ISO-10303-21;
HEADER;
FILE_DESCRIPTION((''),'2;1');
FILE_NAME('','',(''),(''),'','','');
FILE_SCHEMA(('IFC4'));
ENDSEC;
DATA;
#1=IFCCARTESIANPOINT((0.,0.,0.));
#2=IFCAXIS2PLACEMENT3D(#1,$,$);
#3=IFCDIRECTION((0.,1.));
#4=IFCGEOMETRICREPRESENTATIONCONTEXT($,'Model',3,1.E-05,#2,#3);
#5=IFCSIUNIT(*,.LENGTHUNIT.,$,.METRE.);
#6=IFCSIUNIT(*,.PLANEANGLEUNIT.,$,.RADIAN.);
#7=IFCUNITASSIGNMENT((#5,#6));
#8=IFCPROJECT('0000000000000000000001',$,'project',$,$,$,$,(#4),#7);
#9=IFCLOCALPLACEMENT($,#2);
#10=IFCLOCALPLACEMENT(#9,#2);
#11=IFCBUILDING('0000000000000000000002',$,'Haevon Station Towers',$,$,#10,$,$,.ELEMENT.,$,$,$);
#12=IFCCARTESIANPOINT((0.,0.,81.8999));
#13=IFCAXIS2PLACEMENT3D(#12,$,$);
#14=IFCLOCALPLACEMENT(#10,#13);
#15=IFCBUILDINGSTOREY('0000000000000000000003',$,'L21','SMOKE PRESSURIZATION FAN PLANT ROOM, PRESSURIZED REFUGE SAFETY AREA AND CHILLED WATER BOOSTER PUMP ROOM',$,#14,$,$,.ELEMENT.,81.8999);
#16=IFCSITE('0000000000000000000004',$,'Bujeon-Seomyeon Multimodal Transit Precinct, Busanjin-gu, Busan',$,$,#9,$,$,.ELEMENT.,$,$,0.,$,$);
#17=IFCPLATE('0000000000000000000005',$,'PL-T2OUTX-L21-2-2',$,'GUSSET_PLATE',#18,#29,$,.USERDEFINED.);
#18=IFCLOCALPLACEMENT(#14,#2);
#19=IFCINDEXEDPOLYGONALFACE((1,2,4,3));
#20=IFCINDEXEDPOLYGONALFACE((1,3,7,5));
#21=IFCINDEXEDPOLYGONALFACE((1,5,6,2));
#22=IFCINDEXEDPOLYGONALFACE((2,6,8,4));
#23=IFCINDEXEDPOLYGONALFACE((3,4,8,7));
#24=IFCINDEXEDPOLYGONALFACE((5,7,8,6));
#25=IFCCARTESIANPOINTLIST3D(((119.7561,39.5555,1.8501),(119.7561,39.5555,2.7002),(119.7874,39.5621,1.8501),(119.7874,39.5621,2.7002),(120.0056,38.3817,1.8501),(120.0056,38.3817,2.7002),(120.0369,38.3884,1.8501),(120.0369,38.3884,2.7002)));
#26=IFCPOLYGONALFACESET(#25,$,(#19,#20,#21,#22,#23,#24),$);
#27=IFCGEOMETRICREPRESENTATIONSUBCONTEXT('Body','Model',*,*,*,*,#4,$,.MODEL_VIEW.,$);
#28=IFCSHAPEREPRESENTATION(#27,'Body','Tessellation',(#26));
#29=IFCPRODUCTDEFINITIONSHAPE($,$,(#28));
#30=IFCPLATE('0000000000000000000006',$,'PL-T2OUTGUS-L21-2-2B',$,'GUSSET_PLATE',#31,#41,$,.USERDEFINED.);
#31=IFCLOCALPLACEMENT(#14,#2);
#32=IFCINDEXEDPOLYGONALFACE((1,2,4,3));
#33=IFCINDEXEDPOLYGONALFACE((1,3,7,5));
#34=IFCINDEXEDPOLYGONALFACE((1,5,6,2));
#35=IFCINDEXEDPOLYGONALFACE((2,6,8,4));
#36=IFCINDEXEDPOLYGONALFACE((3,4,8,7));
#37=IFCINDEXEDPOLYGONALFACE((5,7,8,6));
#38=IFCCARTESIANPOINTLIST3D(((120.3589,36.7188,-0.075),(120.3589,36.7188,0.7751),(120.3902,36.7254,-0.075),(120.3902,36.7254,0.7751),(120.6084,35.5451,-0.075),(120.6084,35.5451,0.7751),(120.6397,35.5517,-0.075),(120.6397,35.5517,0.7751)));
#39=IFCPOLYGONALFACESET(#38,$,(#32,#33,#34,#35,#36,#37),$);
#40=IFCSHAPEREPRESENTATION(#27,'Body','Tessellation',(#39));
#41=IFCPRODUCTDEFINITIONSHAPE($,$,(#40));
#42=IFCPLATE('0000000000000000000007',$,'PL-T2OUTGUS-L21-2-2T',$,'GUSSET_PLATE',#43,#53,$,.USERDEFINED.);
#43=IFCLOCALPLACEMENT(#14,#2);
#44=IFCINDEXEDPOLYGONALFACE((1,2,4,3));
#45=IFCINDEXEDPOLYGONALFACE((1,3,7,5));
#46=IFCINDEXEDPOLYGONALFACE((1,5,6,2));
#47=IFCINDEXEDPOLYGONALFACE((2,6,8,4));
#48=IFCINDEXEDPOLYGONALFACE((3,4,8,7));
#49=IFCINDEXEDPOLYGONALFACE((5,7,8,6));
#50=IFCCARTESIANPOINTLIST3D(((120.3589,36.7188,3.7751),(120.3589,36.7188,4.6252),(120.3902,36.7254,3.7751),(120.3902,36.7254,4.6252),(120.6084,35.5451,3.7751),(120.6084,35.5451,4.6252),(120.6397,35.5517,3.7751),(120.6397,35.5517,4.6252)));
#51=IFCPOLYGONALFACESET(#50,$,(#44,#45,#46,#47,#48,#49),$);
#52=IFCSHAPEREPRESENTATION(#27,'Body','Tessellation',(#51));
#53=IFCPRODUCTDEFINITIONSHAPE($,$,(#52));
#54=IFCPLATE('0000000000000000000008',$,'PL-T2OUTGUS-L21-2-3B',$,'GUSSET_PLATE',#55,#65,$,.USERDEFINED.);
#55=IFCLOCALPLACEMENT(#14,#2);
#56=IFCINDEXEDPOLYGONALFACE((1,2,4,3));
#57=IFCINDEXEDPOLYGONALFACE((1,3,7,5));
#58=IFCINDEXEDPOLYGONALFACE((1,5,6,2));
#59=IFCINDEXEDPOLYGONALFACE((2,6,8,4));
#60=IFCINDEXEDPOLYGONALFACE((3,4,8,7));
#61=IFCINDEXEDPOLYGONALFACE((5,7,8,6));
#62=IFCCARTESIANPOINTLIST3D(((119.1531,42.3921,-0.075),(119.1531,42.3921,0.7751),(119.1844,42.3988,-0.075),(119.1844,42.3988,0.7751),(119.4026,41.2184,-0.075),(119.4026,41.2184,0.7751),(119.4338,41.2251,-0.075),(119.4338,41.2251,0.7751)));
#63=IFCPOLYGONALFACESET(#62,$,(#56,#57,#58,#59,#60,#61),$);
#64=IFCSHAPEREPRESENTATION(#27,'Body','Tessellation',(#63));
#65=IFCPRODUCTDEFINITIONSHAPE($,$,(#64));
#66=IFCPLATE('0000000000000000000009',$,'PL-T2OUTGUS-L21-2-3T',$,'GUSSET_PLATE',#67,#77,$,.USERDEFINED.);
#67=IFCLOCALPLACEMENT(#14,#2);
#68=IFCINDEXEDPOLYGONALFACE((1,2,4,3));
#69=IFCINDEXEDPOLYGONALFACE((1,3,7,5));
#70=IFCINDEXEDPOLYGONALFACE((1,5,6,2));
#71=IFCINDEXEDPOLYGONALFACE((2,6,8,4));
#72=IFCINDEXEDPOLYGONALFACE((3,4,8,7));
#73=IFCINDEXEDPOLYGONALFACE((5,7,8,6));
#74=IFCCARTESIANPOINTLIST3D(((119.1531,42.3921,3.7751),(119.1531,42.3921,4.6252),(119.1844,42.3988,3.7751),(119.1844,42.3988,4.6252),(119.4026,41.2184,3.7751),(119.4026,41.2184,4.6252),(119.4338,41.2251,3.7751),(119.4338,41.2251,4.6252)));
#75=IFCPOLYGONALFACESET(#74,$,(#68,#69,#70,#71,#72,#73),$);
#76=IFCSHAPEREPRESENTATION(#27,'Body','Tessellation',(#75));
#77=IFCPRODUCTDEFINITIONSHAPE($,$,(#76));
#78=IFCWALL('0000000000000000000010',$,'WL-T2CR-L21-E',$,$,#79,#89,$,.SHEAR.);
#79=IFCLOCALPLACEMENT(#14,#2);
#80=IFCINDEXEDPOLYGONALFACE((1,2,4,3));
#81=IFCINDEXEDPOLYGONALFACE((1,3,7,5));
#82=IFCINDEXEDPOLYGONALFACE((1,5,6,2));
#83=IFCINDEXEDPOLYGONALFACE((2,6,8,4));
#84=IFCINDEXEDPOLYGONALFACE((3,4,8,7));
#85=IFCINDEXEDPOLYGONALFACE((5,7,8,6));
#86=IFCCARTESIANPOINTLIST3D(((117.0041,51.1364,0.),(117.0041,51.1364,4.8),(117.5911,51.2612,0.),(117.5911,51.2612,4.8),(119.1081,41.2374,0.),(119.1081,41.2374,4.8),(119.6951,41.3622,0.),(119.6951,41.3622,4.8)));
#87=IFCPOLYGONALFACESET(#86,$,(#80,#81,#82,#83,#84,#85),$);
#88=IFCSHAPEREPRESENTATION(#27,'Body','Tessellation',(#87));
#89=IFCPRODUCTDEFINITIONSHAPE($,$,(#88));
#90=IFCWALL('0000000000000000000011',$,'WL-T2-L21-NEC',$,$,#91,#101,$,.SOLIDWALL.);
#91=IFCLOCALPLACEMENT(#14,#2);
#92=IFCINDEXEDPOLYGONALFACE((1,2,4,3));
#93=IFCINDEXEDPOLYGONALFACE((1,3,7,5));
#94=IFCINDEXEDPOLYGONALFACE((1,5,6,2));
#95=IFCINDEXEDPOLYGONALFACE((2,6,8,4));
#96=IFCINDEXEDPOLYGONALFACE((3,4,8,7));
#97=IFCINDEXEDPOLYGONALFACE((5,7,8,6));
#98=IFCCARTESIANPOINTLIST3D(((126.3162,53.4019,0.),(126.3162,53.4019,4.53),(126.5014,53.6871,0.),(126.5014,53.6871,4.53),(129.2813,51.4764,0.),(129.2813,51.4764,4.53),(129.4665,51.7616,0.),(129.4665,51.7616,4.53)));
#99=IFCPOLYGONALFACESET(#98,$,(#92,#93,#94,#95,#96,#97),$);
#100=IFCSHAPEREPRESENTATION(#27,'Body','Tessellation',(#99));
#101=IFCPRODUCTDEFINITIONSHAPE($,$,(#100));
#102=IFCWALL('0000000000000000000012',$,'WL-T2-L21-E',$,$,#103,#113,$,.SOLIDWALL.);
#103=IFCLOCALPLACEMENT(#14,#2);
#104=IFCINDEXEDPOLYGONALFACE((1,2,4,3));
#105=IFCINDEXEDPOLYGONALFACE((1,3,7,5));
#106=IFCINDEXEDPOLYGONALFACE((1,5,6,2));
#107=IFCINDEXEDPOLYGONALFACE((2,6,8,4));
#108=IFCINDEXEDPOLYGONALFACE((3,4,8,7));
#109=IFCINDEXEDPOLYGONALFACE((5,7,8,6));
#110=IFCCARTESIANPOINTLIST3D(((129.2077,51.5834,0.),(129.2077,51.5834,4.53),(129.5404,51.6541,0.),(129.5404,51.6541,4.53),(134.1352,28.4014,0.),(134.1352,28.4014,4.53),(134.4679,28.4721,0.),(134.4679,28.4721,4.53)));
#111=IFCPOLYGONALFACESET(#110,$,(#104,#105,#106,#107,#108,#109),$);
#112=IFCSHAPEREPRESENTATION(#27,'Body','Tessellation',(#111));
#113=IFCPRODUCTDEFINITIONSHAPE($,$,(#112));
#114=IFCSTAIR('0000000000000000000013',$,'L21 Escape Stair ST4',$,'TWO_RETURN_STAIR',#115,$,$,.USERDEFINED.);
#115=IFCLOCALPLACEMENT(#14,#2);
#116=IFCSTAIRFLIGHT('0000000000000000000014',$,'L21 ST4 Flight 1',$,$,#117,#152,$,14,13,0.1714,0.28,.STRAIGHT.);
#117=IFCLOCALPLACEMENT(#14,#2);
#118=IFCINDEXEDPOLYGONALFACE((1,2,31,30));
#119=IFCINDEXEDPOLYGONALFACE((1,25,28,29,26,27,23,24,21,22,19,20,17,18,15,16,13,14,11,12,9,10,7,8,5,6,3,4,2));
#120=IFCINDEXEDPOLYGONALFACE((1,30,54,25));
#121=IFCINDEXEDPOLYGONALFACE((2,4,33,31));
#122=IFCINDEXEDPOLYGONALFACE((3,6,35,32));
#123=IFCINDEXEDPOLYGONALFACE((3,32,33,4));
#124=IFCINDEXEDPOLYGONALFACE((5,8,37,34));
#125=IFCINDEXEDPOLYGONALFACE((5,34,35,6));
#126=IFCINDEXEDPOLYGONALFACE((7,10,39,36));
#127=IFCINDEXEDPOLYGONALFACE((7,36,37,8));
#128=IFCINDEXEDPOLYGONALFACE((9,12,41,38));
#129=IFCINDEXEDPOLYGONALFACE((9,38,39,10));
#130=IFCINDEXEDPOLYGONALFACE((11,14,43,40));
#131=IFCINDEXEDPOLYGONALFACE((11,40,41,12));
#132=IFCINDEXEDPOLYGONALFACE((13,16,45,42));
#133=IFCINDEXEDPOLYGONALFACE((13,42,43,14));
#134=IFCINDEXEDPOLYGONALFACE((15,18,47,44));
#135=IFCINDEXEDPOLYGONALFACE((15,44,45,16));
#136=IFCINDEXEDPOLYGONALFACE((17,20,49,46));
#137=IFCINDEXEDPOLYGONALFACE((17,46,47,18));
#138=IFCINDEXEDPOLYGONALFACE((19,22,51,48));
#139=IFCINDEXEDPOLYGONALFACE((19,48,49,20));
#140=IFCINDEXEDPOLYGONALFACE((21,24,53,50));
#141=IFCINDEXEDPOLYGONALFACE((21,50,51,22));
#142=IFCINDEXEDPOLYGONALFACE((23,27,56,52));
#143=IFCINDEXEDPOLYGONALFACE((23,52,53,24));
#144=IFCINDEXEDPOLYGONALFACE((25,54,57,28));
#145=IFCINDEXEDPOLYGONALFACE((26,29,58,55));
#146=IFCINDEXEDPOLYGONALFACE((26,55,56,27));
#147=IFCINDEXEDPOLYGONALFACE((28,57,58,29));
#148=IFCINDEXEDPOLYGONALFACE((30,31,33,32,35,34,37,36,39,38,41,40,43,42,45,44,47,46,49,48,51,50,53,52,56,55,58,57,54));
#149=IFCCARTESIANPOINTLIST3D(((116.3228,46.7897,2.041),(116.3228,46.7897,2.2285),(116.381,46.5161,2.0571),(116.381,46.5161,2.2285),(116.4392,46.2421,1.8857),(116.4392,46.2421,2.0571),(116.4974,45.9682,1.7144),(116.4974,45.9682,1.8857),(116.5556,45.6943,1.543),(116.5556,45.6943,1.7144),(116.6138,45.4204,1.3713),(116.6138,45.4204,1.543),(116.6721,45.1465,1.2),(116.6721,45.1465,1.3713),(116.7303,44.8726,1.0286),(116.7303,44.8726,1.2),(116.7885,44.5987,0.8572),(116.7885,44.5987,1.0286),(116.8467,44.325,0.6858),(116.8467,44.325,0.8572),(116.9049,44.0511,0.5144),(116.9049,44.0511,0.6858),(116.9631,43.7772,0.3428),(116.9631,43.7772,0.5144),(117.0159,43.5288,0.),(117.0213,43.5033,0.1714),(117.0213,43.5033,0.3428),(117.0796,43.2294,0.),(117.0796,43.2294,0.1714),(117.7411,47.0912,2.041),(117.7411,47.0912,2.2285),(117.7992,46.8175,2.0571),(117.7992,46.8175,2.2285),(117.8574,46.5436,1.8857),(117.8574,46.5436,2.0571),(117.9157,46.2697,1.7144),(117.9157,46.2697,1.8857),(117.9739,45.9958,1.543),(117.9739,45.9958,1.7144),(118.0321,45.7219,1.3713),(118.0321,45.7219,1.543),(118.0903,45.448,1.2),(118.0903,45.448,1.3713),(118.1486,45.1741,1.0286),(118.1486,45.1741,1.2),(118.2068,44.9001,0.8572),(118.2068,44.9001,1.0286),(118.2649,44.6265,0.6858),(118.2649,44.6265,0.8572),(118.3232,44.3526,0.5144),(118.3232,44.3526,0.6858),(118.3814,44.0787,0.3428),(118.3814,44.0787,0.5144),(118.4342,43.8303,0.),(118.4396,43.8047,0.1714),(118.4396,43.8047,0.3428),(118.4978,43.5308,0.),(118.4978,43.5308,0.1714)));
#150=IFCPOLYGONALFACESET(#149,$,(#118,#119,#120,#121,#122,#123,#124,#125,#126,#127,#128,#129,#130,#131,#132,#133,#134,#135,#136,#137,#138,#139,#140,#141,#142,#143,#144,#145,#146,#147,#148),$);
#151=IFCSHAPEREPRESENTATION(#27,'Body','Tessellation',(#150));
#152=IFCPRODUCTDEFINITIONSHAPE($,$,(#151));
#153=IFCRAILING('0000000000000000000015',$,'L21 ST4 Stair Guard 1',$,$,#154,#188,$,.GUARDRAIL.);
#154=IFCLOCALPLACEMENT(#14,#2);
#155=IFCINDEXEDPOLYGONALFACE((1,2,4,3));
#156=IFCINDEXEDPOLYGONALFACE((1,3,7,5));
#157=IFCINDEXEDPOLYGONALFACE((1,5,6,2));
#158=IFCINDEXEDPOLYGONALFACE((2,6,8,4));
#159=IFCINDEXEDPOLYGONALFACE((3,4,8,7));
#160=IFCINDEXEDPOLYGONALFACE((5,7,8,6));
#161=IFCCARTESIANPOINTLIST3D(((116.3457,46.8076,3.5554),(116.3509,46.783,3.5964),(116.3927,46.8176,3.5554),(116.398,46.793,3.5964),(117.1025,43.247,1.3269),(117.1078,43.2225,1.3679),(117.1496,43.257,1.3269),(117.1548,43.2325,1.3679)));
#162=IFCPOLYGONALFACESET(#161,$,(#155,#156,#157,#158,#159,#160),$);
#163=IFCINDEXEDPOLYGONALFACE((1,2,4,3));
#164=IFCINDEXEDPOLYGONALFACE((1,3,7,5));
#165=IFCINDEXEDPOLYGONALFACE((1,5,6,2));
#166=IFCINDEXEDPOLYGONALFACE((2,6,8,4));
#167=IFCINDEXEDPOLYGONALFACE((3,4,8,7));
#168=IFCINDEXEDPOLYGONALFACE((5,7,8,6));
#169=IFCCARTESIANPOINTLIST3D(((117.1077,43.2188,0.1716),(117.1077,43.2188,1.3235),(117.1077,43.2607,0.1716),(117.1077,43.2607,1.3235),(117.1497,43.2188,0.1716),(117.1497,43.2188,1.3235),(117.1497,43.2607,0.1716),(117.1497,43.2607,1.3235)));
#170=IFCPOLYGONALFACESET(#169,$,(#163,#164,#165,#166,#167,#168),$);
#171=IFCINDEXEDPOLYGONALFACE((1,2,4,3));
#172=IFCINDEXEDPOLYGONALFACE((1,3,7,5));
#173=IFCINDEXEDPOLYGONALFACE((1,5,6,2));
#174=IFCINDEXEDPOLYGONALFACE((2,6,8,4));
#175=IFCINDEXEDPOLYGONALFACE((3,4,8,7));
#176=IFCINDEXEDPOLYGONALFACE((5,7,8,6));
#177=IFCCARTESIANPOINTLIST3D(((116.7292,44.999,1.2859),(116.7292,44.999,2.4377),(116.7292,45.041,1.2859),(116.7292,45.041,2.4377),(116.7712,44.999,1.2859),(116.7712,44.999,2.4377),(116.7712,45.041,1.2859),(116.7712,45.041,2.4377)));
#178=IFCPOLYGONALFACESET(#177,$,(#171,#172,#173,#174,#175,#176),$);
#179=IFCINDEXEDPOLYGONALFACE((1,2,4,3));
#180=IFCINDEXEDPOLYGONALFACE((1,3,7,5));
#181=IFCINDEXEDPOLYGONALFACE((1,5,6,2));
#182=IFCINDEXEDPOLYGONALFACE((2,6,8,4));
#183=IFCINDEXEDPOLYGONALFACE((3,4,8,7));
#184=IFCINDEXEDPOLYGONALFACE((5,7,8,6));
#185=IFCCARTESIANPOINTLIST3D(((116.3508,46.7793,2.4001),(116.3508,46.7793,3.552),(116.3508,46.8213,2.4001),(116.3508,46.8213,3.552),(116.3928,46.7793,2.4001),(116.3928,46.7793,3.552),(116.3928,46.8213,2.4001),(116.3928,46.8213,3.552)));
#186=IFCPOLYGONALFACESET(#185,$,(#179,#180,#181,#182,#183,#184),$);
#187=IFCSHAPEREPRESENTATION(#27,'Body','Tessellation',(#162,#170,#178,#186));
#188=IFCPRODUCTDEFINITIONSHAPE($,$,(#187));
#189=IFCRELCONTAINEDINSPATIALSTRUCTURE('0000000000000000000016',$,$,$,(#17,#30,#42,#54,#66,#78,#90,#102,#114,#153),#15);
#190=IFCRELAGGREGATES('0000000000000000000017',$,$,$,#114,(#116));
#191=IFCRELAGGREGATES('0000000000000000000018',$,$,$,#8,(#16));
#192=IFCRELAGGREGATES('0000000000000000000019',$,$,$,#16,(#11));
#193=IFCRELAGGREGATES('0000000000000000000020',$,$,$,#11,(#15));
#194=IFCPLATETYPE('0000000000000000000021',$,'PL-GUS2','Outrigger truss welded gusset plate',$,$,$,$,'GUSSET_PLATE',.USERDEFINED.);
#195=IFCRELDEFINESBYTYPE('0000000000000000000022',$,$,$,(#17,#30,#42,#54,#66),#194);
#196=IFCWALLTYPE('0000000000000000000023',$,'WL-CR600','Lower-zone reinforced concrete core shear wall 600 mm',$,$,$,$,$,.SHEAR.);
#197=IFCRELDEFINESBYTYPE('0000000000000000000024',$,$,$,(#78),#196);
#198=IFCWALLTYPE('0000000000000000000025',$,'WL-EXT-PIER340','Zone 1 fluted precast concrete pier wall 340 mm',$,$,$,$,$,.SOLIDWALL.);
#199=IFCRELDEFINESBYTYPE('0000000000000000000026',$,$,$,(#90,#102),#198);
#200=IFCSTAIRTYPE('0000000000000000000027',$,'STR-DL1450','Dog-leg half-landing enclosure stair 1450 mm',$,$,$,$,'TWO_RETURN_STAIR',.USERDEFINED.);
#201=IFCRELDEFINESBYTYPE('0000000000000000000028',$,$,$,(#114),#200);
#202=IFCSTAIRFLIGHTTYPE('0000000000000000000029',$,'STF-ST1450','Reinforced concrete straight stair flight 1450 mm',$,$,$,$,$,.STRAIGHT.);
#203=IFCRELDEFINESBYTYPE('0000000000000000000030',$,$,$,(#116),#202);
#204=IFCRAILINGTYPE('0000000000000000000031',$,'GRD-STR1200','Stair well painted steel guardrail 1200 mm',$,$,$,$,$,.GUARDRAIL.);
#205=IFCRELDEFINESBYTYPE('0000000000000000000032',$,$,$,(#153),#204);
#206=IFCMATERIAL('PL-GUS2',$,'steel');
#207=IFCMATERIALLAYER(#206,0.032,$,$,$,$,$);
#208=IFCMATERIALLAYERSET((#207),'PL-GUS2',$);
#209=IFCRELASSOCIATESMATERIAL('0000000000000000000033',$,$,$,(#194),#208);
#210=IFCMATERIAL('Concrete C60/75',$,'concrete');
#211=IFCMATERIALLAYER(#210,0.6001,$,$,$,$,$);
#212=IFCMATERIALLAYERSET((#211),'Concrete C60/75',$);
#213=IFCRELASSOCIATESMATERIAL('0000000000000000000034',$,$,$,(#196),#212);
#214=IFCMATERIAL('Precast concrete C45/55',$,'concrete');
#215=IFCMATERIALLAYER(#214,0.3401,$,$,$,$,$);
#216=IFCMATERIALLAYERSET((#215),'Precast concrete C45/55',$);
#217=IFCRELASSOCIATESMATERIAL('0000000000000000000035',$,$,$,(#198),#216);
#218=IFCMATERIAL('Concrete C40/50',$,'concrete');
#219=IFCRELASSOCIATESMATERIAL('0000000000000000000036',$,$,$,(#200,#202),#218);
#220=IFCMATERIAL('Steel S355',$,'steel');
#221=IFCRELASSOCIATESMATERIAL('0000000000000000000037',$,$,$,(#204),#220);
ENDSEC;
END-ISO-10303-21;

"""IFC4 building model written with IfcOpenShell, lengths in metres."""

from ifc_helpers import new_model, si_unit, direction, frame, frame_2d, origin, origin_2d, place, context, subcontext, project, spatial, polyline, rectangle, outline, extrude, material, layer, layer_set, type_object, element, aggregate, save


model = new_model("IFC4")

# Units and contexts
model_context = context("Model", 3, precision=1e-05, world=origin(), true_north=direction((0.0, 1.0)))
body_context = subcontext(model_context, "Body", "Model", "MODEL_VIEW")
ifc_project = project(units=[si_unit("LENGTHUNIT", "METRE"), si_unit("PLANEANGLEUNIT", "RADIAN")], contexts=[model_context])

# Site, building, storey
site_placement = place(None, origin())
site = spatial("IfcSite", under=ifc_project, at=site_placement, Name="Bujeon-Seomyeon Multimodal Transit Precinct, Busanjin-gu, Busan", CompositionType="ELEMENT", RefElevation=0.0)
building_placement = place(site_placement, origin())
building = spatial("IfcBuilding", under=site, at=building_placement, Name="Haevon Station Towers", CompositionType="ELEMENT")
storey_placement = place(building_placement, frame((0.0, 0.0, 81.8999)))
storey = spatial("IfcBuildingStorey", under=building, at=storey_placement, Name="L21", Description="SMOKE PRESSURIZATION FAN PLANT ROOM, PRESSURIZED REFUGE SAFETY AREA AND CHILLED WATER BOOSTER PUMP ROOM", CompositionType="ELEMENT", Elevation=81.8999)

# Shared definitions
ifc_material_1 = material(Name="Steel S355", Category="steel")

# Plates
ifc_material_2 = material(Name="PL-GUS2", Category="steel")
ifc_layer_1 = layer(ifc_material_2, 0.032)
ifc_layer_set_1 = layer_set([ifc_layer_1], Name="PL-GUS2")
plate_type_1 = type_object("IfcPlateType", Name="PL-GUS2", Description="Outrigger truss welded gusset plate", ElementType="GUSSET_PLATE", PredefinedType="USERDEFINED", material=ifc_layer_set_1)
for number, where, z_axis, x_axis, name in (
    (1, (119.8965, 38.9719, 1.8501), (0.0, 0.0, 1.0), (-0.207912, 0.978148, 0.0), "PL-T2OUTX-L21-2-2"),
    (2, (120.4993, 36.1353, -0.075), (0.0, 0.0, 1.0), (-0.207912, 0.978148, 0.0), "PL-T2OUTGUS-L21-2-2B"),
    (3, (120.4993, 36.1353, 3.7751), (0.0, 0.0, 1.0), (-0.207912, 0.978148, 0.0), "PL-T2OUTGUS-L21-2-2T"),
    (4, (119.2935, 41.8086, -0.075), (0.0, 0.0, 1.0), (-0.207912, 0.978148, 0.0), "PL-T2OUTGUS-L21-2-3B"),
    (5, (119.2935, 41.8086, 3.7751), (0.0, 0.0, 1.0), (-0.207912, 0.978148, 0.0), "PL-T2OUTGUS-L21-2-3T"),
):
    element("IfcPlate", number, at=place(storey_placement, frame(where, z_axis=z_axis, x_axis=x_axis)), inside=storey, type_object=plate_type_1, Name=name, ObjectType="GUSSET_PLATE", PredefinedType="USERDEFINED", context=body_context, shape_type="SweptSolid", body=[
        extrude(rectangle(XDim=1.2, YDim=0.032, at=origin_2d()), origin(), (0.0, 0.0, 1.0), 0.8501),
    ])

# Walls
ifc_material_3 = material(Name="Concrete C60/75", Category="concrete")
ifc_layer_2 = layer(ifc_material_3, 0.6001)
ifc_layer_set_2 = layer_set([ifc_layer_2], Name="Concrete C60/75")
wall_type_1 = type_object("IfcWallType", Name="WL-CR600", Description="Lower-zone reinforced concrete core shear wall 600 mm", PredefinedType="SHEAR", material=ifc_layer_set_2)
wall_1_placement = place(storey_placement, frame((119.4016, 41.2998, 0.0), z_axis=(0.0, 0.0, 1.0), x_axis=(-0.207904, 0.978149, 0.0)))
element("IfcWall", 6, at=wall_1_placement, inside=storey, type_object=wall_type_1, Name="WL-T2CR-L21-E", PredefinedType="SHEAR", context=body_context, shape_type="SweptSolid", body=[
    extrude(rectangle(XDim=10.1201, YDim=0.6001, at=frame_2d((5.0601, 0.0))), origin(), (0.0, 0.0, 1.0), 4.8),
])
ifc_material_4 = material(Name="Precast concrete C45/55", Category="concrete")
ifc_layer_3 = layer(ifc_material_4, 0.3401)
ifc_layer_set_3 = layer_set([ifc_layer_3], Name="Precast concrete C45/55")
wall_type_2 = type_object("IfcWallType", Name="WL-EXT-PIER340", Description="Zone 1 fluted precast concrete pier wall 340 mm", PredefinedType="SOLIDWALL", material=ifc_layer_set_3)
wall_2_placement = place(storey_placement, frame((126.4089, 53.5444, 0.0), z_axis=(0.0, 0.0, 1.0), x_axis=(0.838672, -0.544636, 0.0)))
element("IfcWall", 7, at=wall_2_placement, inside=storey, type_object=wall_type_2, Name="WL-T2-L21-NEC", PredefinedType="SOLIDWALL", context=body_context, shape_type="SweptSolid", body=[
    extrude(rectangle(XDim=3.5354, YDim=0.3401, at=frame_2d((1.7676, 0.0))), origin(), (0.0, 0.0, 1.0), 4.53),
])
wall_3_placement = place(storey_placement, frame((129.374, 51.6189, 0.0), z_axis=(0.0, 0.0, 1.0), x_axis=(0.207911, -0.978148, 0.0)))
element("IfcWall", 8, at=wall_3_placement, inside=storey, type_object=wall_type_2, Name="WL-T2-L21-E", PredefinedType="SOLIDWALL", context=body_context, shape_type="SweptSolid", body=[
    extrude(rectangle(XDim=23.7, YDim=0.3401, at=frame_2d((11.8501, 0.0))), origin(), (0.0, 0.0, 1.0), 4.53),
])

# Stair, stair flight
ifc_material_5 = material(Name="Concrete C40/50", Category="concrete")
stair_type = type_object("IfcStairType", Name="STR-DL1450", Description="Dog-leg half-landing enclosure stair 1450 mm", ElementType="TWO_RETURN_STAIR", PredefinedType="USERDEFINED", material=ifc_material_5)
stair_placement = place(storey_placement, origin())
stair = element("IfcStair", 9, at=stair_placement, inside=storey, type_object=stair_type, Name="L21 Escape Stair ST4", ObjectType="TWO_RETURN_STAIR", PredefinedType="USERDEFINED")
stair_flight_type = type_object("IfcStairFlightType", Name="STF-ST1450", Description="Reinforced concrete straight stair flight 1450 mm", PredefinedType="STRAIGHT", material=ifc_material_5)
stair_flight_placement = place(storey_placement, frame((117.7888, 43.3801, 0.0), z_axis=(0.0, 0.0, 1.0), x_axis=(-0.207912, 0.978148, 0.0)))
stair_flight = element("IfcStairFlight", 10, at=stair_flight_placement, type_object=stair_flight_type, Name="L21 ST4 Flight 1", NumberOfRisers=14, NumberOfTreads=13, PredefinedType="STRAIGHT", RiserHeight=0.1714, TreadLength=0.28, context=body_context, shape_type="SweptSolid", body=[
    extrude(outline(polyline([(0.0, 0.0), (0.0, 0.1714), (0.28, 0.1714), (0.28, 0.3428), (0.5601, 0.3428), (0.5601, 0.5144), (0.8401, 0.5144), (0.8401, 0.6858), (1.1201, 0.6858), (1.1201, 0.8572), (1.3999, 0.8572), (1.3999, 1.0286), (1.6799, 1.0286), (1.6799, 1.2), (1.96, 1.2), (1.96, 1.3713), (2.24, 1.3713), (2.24, 1.543), (2.52, 1.543), (2.52, 1.7144), (2.8, 1.7144), (2.8, 1.8857), (3.0801, 1.8857), (3.0801, 2.0571), (3.3601, 2.0571), (3.3601, 2.2285), (3.6399, 2.2285), (3.6399, 2.3999), (3.6399, 2.041), (0.3062, 0.0), (0.0, 0.0)])), frame((0.0, 0.7251, 0.0), z_axis=(0.0, -1.0, 0.0), x_axis=(1.0, 0.0, 0.0)), (0.0, 0.0, 1.0), 1.45),
])
aggregate(stair, [stair_flight])

# Railing
railing_type_1 = type_object("IfcRailingType", Name="GRD-STR1200", Description="Stair well painted steel guardrail 1200 mm", PredefinedType="GUARDRAIL", material=ifc_material_1)
railing_1_placement = place(storey_placement, frame((117.1287, 43.2397, 0.1716)))
element("IfcRailing", 11, at=railing_1_placement, inside=storey, type_object=railing_type_1, Name="L21 ST4 Stair Guard 1", PredefinedType="GUARDRAIL", context=body_context, shape_type="SweptSolid", body=[
    extrude(rectangle(XDim=0.0481, YDim=0.0481, at=origin_2d()), frame((0.0, 0.0, 1.1758), z_axis=(-0.177324, 0.834225, 0.522134), x_axis=(-0.978147, -0.207917, 0.0)), (0.0, 0.0, 1.0), 4.2681),
    extrude(rectangle(XDim=0.042, YDim=0.042, at=origin_2d()), origin(), (0.0, 0.0, 1.0), 1.1519),
    extrude(rectangle(XDim=0.042, YDim=0.042, at=origin_2d()), frame((-0.3784, 1.7803, 1.1143)), (0.0, 0.0, 1.0), 1.1519),
    extrude(rectangle(XDim=0.042, YDim=0.042, at=origin_2d()), frame((-0.7568, 3.5605, 2.2285)), (0.0, 0.0, 1.0), 1.1519),
])

save(model, "model.ifc")
